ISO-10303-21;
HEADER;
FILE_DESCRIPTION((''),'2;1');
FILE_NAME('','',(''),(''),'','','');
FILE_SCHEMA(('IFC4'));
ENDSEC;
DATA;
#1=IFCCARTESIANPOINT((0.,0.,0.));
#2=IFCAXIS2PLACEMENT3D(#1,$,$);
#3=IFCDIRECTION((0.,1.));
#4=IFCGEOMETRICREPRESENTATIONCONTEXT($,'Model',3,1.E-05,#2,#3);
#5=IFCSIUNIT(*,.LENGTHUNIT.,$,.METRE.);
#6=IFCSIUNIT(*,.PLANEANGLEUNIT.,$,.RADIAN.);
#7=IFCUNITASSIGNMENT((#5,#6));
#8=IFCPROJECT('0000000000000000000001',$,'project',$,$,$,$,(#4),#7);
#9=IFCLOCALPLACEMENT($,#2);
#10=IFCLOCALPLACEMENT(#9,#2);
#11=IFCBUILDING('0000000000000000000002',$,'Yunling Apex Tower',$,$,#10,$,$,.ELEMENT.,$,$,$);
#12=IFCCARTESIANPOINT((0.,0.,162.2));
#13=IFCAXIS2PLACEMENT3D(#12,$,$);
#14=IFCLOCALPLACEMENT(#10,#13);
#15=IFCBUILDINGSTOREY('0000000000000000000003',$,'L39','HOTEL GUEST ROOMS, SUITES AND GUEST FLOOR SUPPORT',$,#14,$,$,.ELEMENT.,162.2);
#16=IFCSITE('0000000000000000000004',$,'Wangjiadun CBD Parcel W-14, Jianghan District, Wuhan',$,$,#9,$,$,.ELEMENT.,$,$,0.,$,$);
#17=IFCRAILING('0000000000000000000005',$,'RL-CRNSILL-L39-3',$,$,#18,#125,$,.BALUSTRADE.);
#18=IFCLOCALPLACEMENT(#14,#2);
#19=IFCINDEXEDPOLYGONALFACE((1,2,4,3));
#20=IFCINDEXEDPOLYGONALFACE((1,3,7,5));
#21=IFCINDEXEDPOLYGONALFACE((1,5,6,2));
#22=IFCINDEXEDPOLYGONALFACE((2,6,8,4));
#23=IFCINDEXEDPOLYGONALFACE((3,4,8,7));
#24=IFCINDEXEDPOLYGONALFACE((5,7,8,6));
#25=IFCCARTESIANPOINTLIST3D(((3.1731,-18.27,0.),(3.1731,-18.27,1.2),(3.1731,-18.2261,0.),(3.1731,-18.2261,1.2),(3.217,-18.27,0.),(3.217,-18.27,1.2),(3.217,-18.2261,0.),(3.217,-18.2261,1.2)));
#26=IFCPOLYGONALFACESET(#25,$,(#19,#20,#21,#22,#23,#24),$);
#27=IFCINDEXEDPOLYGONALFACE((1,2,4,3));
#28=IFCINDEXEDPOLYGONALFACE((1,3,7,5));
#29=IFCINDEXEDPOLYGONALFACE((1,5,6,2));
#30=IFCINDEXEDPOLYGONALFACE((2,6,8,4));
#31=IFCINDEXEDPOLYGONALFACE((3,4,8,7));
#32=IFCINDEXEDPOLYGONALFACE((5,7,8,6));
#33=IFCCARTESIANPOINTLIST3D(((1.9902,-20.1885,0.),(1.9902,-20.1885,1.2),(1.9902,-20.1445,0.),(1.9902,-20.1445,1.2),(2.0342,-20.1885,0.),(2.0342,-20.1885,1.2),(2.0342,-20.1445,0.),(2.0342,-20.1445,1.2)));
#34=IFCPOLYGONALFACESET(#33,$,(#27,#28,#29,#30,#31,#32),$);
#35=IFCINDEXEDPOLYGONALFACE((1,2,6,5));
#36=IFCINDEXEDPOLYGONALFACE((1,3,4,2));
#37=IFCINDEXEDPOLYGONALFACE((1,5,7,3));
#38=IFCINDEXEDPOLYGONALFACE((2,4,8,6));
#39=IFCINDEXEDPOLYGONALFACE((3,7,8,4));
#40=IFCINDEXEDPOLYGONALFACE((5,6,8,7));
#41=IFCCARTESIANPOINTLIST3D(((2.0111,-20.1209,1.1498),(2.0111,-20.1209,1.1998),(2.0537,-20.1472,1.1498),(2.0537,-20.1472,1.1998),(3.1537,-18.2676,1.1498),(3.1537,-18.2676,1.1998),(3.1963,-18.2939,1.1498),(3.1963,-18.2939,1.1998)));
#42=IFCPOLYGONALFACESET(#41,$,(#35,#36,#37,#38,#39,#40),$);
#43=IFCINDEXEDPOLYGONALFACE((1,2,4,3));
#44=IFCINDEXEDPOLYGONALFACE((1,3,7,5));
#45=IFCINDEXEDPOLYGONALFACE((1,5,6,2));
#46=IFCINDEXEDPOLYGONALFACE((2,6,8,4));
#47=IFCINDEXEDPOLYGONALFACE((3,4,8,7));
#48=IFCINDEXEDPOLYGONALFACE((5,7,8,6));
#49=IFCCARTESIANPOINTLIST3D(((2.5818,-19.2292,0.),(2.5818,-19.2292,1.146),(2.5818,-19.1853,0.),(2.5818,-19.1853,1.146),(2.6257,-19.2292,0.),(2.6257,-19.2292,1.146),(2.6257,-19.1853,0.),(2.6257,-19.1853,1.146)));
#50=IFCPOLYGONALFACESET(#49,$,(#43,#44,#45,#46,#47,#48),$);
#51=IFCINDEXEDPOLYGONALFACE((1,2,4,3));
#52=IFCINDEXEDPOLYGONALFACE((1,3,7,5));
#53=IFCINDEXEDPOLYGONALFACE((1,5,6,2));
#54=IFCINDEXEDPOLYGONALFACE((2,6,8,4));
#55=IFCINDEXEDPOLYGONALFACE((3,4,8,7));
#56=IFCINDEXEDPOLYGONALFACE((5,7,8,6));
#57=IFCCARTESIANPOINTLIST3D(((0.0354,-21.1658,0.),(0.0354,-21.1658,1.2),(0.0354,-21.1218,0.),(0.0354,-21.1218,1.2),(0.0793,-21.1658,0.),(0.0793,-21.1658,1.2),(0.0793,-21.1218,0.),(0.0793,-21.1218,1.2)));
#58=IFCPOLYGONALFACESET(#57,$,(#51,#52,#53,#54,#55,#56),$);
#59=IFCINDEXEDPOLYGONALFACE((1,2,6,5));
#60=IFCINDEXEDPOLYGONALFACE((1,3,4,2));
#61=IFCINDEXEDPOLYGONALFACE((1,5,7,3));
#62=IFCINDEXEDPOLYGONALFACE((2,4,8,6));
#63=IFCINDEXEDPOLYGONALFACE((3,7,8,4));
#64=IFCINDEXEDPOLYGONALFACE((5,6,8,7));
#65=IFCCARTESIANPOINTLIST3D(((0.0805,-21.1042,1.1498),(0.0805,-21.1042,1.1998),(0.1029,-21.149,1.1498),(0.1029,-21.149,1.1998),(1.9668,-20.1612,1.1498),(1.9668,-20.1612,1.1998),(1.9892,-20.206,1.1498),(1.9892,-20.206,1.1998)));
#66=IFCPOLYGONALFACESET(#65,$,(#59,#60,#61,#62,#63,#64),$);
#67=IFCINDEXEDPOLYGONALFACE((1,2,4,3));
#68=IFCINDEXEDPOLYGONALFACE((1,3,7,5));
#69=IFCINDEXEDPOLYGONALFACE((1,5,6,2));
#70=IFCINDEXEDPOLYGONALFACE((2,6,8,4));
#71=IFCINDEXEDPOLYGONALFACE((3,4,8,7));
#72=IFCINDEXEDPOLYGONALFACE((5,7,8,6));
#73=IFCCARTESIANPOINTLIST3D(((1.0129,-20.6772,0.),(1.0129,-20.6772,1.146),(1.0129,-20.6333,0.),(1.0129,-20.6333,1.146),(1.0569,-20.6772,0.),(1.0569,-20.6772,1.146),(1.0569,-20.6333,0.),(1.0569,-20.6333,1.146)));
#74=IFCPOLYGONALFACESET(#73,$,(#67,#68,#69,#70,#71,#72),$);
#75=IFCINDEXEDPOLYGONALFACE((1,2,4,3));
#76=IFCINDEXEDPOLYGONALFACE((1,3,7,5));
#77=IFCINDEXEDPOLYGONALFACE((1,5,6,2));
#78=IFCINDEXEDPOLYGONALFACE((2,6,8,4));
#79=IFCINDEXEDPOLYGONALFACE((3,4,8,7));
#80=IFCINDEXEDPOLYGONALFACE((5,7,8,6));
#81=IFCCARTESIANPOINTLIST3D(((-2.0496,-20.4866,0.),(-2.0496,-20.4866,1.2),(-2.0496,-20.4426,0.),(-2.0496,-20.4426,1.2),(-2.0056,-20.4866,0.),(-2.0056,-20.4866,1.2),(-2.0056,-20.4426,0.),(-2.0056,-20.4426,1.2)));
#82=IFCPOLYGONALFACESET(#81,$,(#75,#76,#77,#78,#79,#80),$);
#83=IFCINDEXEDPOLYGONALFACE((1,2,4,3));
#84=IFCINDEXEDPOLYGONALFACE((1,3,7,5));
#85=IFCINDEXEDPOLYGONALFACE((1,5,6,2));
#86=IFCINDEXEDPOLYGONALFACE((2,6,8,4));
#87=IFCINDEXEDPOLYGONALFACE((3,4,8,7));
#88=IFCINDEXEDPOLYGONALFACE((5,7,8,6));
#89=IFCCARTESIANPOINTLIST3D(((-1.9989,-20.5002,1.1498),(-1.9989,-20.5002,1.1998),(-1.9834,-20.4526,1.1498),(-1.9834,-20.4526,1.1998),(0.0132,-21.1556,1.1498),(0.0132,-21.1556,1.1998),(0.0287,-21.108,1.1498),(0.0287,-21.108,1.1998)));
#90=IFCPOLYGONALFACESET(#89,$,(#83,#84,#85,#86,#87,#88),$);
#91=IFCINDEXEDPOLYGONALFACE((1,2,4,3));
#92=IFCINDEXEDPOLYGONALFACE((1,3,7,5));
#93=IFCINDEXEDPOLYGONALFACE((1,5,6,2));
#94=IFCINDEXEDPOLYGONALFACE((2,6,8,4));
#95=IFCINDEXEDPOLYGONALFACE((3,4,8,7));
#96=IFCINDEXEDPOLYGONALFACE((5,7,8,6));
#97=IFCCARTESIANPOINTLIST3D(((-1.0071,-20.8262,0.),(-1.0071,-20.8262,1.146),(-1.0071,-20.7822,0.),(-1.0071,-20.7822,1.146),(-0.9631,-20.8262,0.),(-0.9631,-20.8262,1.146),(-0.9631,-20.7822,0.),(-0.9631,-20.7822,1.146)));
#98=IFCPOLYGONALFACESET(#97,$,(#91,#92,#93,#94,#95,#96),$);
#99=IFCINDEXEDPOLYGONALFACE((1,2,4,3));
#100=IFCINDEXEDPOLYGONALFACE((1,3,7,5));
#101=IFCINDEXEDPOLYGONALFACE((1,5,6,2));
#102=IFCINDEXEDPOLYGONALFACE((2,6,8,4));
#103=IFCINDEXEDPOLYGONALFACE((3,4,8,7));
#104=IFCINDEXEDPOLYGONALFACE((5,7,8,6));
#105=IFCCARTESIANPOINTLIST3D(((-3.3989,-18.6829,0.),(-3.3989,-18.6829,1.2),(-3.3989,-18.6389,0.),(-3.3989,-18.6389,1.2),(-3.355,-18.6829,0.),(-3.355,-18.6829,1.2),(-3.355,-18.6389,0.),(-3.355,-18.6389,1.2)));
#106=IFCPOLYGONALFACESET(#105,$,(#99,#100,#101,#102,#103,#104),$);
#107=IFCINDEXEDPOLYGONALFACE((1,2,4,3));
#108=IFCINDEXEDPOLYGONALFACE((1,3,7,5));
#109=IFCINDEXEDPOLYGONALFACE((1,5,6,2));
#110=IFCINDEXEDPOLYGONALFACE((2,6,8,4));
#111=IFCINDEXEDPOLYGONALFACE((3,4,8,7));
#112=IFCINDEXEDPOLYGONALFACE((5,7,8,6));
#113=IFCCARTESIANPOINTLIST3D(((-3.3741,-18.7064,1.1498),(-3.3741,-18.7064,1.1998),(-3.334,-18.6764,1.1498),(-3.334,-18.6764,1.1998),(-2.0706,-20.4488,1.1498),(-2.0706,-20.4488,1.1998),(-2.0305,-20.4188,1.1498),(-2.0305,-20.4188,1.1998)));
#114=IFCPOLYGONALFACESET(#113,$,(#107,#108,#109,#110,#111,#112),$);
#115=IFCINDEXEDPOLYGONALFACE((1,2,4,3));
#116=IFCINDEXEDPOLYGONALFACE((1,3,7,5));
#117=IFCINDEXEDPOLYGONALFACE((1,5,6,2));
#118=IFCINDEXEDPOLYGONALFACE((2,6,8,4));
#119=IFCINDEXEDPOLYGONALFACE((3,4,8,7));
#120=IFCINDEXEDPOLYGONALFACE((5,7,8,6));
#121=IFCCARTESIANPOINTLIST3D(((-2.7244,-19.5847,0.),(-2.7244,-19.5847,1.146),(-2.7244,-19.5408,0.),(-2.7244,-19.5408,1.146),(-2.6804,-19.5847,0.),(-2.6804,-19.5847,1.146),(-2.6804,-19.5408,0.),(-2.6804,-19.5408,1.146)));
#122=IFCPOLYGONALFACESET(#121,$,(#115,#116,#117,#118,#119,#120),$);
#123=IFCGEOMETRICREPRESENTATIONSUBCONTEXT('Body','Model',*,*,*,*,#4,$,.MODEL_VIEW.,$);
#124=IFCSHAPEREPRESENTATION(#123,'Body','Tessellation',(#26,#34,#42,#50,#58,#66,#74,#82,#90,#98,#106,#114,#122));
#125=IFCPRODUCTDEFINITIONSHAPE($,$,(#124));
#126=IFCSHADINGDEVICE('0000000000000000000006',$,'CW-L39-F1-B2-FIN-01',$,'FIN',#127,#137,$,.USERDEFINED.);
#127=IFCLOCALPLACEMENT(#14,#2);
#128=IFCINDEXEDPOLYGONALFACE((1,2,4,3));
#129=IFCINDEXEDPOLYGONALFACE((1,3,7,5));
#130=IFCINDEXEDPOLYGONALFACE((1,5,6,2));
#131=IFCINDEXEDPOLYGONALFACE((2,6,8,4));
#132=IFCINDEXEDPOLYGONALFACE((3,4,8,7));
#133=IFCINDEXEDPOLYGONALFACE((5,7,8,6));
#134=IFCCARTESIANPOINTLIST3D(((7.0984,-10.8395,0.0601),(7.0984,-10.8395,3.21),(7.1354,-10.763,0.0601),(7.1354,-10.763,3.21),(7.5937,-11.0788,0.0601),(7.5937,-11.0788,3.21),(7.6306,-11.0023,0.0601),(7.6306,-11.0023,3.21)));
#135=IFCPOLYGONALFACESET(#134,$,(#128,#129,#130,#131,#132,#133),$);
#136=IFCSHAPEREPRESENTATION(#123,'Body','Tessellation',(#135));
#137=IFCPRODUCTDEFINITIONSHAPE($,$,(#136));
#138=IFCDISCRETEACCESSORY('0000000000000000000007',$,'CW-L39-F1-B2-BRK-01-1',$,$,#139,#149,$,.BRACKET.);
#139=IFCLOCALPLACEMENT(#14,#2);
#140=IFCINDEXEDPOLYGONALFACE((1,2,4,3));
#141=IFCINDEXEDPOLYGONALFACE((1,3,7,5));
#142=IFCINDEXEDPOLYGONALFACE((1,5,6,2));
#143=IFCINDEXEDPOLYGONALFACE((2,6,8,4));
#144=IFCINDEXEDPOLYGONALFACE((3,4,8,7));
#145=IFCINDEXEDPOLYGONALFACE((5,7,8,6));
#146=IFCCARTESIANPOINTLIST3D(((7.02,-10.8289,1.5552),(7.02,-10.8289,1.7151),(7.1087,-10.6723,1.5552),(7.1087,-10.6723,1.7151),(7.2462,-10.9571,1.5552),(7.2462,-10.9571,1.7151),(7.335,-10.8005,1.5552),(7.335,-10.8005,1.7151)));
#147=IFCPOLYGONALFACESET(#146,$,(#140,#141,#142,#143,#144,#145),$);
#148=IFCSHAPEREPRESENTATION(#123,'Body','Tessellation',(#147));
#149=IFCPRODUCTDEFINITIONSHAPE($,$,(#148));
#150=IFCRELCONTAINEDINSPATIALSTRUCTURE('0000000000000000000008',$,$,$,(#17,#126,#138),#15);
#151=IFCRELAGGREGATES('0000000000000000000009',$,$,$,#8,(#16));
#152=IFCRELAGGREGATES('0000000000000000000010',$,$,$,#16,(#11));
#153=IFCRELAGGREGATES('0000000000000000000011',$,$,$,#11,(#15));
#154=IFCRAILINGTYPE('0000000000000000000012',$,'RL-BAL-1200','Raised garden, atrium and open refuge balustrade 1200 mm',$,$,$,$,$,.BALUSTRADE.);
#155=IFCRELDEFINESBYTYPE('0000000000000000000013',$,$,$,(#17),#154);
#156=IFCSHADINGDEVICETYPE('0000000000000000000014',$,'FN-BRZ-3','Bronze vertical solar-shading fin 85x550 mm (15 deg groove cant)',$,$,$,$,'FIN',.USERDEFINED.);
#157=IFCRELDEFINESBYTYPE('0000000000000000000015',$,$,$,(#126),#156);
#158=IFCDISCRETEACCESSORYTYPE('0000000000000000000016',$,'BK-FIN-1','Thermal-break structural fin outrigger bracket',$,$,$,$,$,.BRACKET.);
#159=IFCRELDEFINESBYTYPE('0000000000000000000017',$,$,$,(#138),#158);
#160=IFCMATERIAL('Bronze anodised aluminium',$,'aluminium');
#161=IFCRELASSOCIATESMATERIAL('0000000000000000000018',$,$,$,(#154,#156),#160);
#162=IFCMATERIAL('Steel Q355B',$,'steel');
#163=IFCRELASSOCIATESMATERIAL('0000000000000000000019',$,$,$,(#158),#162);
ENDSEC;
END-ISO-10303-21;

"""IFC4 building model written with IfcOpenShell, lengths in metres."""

from ifc_helpers import new_model, si_unit, direction, frame, origin, origin_2d, place, context, subcontext, project, spatial, rectangle, extrude, source, transform, mapped, material, material_profile, profile_set, type_object, element, save


model = new_model("IFC4")

# Units and contexts
model_context = context("Model", 3, precision=1e-05, world=origin(), true_north=direction((0.0, 1.0)))
body_context = subcontext(model_context, "Body", "Model", "MODEL_VIEW")
ifc_project = project(units=[si_unit("LENGTHUNIT", "METRE"), si_unit("PLANEANGLEUNIT", "RADIAN")], contexts=[model_context])

# Site, building, storey
site_placement = place(None, origin())
site = spatial("IfcSite", under=ifc_project, at=site_placement, Name="Wangjiadun CBD Parcel W-14, Jianghan District, Wuhan", CompositionType="ELEMENT", RefElevation=0.0)
building_placement = place(site_placement, origin())
building = spatial("IfcBuilding", under=site, at=building_placement, Name="Yunling Apex Tower", CompositionType="ELEMENT")
storey_placement = place(building_placement, frame((0.0, 0.0, 162.2)))
storey = spatial("IfcBuildingStorey", under=building, at=storey_placement, Name="L39", Description="HOTEL GUEST ROOMS, SUITES AND GUEST FLOOR SUPPORT", CompositionType="ELEMENT", Elevation=162.2)

# Shared definitions
ifc_material_1 = material(Name="Steel Q355B", Category="steel")

# Shared definitions
ifc_material_2 = material(Name="Bronze anodised aluminium", Category="aluminium")

# Railing
railing_type = type_object("IfcRailingType", Name="RL-BAL-1200", Description="Raised garden, atrium and open refuge balustrade 1200 mm", PredefinedType="BALUSTRADE", material=ifc_material_2)
railing_placement = place(storey_placement, frame((3.1951, -18.248, 0.0)))
element("IfcRailing", 1, at=railing_placement, inside=storey, type_object=railing_type, Name="RL-CRNSILL-L39-3", PredefinedType="BALUSTRADE", context=body_context, shape_type="SweptSolid", body=[
    extrude(rectangle(XDim=0.0439, YDim=0.0439, at=origin_2d()), origin(), (0.0, 0.0, 1.0), 1.2),
    extrude(rectangle(XDim=0.0439, YDim=0.0439, at=origin_2d()), frame((-1.1829, -1.9185, 0.0)), (0.0, 0.0, 1.0), 1.2),
    extrude(rectangle(XDim=0.05, YDim=0.05, at=origin_2d()), frame((-0.02, -0.0327, 1.1748), z_axis=(-0.524829, -0.851208, 0.0), x_axis=(0.851208, -0.524829, 0.0)), (0.0, 0.0, 1.0), 2.1772),
    extrude(rectangle(XDim=0.0439, YDim=0.0439, at=origin_2d()), frame((-0.5913, -0.9592, 0.0)), (0.0, 0.0, 1.0), 1.146),
    extrude(rectangle(XDim=0.0439, YDim=0.0439, at=origin_2d()), frame((-3.1377, -2.8958, 0.0)), (0.0, 0.0, 1.0), 1.2),
    extrude(rectangle(XDim=0.05, YDim=0.05, at=origin_2d()), frame((-1.217, -1.9355, 1.1748), z_axis=(-0.89445, -0.447169, 0.0), x_axis=(0.447169, -0.89445, 0.0)), (0.0, 0.0, 1.0), 2.1089),
    extrude(rectangle(XDim=0.0439, YDim=0.0439, at=origin_2d()), frame((-2.1602, -2.4072, 0.0)), (0.0, 0.0, 1.0), 1.146),
    extrude(rectangle(XDim=0.0439, YDim=0.0439, at=origin_2d()), frame((-5.2227, -2.2166, 0.0)), (0.0, 0.0, 1.0), 1.2),
    extrude(rectangle(XDim=0.05, YDim=0.05, at=origin_2d()), frame((-3.1741, -2.8838, 1.1748), z_axis=(-0.950821, 0.309741, 0.0), x_axis=(-0.309741, -0.950821, 0.0)), (0.0, 0.0, 1.0), 2.1162),
    extrude(rectangle(XDim=0.0439, YDim=0.0439, at=origin_2d()), frame((-4.1802, -2.5562, 0.0)), (0.0, 0.0, 1.0), 1.146),
    extrude(rectangle(XDim=0.0439, YDim=0.0439, at=origin_2d()), frame((-6.572, -0.4128, 0.0)), (0.0, 0.0, 1.0), 1.2),
    extrude(rectangle(XDim=0.05, YDim=0.05, at=origin_2d()), frame((-5.2456, -2.1858, 1.1748), z_axis=(-0.599028, 0.800728, 0.0), x_axis=(-0.800728, -0.599028, 0.0)), (0.0, 0.0, 1.0), 2.176),
    extrude(rectangle(XDim=0.0439, YDim=0.0439, at=origin_2d()), frame((-5.8975, -1.3147, 0.0)), (0.0, 0.0, 1.0), 1.146),
])

# Shading device
ifc_material_profile_1 = material_profile(ifc_material_2, rectangle(XDim=0.085, YDim=0.55, at=origin_2d()))
ifc_profile_set_1 = profile_set([ifc_material_profile_1], Name="Bronze anodised aluminium")
shading_device_type = type_object("IfcShadingDeviceType", Name="FN-BRZ-3", Description="Bronze vertical solar-shading fin 85x550 mm (15 deg groove cant)", ElementType="FIN", PredefinedType="USERDEFINED", material=ifc_profile_set_1)
shared_shape_1 = source(origin(), body_context, "Body", "SweptSolid", [
    extrude(rectangle(XDim=0.085, YDim=0.55, at=origin_2d()), origin(), (0.0, 0.0, 1.0), 3.1499),
])
shading_device_placement = place(storey_placement, frame((7.3645, -10.9209, 0.0601), z_axis=(0.0, 0.0, 1.0), x_axis=(0.435074, 0.900395, 0.0)))
element("IfcShadingDevice", 2, at=shading_device_placement, inside=storey, type_object=shading_device_type, Name="CW-L39-F1-B2-FIN-01", ObjectType="FIN", PredefinedType="USERDEFINED", context=body_context, shape_type="MappedRepresentation", body=[
    mapped(shared_shape_1, transform((0.0, 0.0, 0.0), scale=1.0)),
])

# Discrete accessory
discrete_accessory_type = type_object("IfcDiscreteAccessoryType", Name="BK-FIN-1", Description="Thermal-break structural fin outrigger bracket", PredefinedType="BRACKET", material=ifc_material_1)
shared_shape_2 = source(origin(), body_context, "Body", "SweptSolid", [
    extrude(rectangle(XDim=0.1799, YDim=0.26, at=origin_2d()), origin(), (0.0, 0.0, 1.0), 0.1599),
])
discrete_accessory_placement = place(storey_placement, frame((7.1775, -10.8147, 1.5552), z_axis=(0.0, 0.0, 1.0), x_axis=(0.493031, 0.870012, 0.0)))
element("IfcDiscreteAccessory", 3, at=discrete_accessory_placement, inside=storey, type_object=discrete_accessory_type, Name="CW-L39-F1-B2-BRK-01-1", PredefinedType="BRACKET", context=body_context, shape_type="MappedRepresentation", body=[
    mapped(shared_shape_2, transform((0.0, 0.0, 0.0), scale=1.0)),
])

save(model, "model.ifc")
